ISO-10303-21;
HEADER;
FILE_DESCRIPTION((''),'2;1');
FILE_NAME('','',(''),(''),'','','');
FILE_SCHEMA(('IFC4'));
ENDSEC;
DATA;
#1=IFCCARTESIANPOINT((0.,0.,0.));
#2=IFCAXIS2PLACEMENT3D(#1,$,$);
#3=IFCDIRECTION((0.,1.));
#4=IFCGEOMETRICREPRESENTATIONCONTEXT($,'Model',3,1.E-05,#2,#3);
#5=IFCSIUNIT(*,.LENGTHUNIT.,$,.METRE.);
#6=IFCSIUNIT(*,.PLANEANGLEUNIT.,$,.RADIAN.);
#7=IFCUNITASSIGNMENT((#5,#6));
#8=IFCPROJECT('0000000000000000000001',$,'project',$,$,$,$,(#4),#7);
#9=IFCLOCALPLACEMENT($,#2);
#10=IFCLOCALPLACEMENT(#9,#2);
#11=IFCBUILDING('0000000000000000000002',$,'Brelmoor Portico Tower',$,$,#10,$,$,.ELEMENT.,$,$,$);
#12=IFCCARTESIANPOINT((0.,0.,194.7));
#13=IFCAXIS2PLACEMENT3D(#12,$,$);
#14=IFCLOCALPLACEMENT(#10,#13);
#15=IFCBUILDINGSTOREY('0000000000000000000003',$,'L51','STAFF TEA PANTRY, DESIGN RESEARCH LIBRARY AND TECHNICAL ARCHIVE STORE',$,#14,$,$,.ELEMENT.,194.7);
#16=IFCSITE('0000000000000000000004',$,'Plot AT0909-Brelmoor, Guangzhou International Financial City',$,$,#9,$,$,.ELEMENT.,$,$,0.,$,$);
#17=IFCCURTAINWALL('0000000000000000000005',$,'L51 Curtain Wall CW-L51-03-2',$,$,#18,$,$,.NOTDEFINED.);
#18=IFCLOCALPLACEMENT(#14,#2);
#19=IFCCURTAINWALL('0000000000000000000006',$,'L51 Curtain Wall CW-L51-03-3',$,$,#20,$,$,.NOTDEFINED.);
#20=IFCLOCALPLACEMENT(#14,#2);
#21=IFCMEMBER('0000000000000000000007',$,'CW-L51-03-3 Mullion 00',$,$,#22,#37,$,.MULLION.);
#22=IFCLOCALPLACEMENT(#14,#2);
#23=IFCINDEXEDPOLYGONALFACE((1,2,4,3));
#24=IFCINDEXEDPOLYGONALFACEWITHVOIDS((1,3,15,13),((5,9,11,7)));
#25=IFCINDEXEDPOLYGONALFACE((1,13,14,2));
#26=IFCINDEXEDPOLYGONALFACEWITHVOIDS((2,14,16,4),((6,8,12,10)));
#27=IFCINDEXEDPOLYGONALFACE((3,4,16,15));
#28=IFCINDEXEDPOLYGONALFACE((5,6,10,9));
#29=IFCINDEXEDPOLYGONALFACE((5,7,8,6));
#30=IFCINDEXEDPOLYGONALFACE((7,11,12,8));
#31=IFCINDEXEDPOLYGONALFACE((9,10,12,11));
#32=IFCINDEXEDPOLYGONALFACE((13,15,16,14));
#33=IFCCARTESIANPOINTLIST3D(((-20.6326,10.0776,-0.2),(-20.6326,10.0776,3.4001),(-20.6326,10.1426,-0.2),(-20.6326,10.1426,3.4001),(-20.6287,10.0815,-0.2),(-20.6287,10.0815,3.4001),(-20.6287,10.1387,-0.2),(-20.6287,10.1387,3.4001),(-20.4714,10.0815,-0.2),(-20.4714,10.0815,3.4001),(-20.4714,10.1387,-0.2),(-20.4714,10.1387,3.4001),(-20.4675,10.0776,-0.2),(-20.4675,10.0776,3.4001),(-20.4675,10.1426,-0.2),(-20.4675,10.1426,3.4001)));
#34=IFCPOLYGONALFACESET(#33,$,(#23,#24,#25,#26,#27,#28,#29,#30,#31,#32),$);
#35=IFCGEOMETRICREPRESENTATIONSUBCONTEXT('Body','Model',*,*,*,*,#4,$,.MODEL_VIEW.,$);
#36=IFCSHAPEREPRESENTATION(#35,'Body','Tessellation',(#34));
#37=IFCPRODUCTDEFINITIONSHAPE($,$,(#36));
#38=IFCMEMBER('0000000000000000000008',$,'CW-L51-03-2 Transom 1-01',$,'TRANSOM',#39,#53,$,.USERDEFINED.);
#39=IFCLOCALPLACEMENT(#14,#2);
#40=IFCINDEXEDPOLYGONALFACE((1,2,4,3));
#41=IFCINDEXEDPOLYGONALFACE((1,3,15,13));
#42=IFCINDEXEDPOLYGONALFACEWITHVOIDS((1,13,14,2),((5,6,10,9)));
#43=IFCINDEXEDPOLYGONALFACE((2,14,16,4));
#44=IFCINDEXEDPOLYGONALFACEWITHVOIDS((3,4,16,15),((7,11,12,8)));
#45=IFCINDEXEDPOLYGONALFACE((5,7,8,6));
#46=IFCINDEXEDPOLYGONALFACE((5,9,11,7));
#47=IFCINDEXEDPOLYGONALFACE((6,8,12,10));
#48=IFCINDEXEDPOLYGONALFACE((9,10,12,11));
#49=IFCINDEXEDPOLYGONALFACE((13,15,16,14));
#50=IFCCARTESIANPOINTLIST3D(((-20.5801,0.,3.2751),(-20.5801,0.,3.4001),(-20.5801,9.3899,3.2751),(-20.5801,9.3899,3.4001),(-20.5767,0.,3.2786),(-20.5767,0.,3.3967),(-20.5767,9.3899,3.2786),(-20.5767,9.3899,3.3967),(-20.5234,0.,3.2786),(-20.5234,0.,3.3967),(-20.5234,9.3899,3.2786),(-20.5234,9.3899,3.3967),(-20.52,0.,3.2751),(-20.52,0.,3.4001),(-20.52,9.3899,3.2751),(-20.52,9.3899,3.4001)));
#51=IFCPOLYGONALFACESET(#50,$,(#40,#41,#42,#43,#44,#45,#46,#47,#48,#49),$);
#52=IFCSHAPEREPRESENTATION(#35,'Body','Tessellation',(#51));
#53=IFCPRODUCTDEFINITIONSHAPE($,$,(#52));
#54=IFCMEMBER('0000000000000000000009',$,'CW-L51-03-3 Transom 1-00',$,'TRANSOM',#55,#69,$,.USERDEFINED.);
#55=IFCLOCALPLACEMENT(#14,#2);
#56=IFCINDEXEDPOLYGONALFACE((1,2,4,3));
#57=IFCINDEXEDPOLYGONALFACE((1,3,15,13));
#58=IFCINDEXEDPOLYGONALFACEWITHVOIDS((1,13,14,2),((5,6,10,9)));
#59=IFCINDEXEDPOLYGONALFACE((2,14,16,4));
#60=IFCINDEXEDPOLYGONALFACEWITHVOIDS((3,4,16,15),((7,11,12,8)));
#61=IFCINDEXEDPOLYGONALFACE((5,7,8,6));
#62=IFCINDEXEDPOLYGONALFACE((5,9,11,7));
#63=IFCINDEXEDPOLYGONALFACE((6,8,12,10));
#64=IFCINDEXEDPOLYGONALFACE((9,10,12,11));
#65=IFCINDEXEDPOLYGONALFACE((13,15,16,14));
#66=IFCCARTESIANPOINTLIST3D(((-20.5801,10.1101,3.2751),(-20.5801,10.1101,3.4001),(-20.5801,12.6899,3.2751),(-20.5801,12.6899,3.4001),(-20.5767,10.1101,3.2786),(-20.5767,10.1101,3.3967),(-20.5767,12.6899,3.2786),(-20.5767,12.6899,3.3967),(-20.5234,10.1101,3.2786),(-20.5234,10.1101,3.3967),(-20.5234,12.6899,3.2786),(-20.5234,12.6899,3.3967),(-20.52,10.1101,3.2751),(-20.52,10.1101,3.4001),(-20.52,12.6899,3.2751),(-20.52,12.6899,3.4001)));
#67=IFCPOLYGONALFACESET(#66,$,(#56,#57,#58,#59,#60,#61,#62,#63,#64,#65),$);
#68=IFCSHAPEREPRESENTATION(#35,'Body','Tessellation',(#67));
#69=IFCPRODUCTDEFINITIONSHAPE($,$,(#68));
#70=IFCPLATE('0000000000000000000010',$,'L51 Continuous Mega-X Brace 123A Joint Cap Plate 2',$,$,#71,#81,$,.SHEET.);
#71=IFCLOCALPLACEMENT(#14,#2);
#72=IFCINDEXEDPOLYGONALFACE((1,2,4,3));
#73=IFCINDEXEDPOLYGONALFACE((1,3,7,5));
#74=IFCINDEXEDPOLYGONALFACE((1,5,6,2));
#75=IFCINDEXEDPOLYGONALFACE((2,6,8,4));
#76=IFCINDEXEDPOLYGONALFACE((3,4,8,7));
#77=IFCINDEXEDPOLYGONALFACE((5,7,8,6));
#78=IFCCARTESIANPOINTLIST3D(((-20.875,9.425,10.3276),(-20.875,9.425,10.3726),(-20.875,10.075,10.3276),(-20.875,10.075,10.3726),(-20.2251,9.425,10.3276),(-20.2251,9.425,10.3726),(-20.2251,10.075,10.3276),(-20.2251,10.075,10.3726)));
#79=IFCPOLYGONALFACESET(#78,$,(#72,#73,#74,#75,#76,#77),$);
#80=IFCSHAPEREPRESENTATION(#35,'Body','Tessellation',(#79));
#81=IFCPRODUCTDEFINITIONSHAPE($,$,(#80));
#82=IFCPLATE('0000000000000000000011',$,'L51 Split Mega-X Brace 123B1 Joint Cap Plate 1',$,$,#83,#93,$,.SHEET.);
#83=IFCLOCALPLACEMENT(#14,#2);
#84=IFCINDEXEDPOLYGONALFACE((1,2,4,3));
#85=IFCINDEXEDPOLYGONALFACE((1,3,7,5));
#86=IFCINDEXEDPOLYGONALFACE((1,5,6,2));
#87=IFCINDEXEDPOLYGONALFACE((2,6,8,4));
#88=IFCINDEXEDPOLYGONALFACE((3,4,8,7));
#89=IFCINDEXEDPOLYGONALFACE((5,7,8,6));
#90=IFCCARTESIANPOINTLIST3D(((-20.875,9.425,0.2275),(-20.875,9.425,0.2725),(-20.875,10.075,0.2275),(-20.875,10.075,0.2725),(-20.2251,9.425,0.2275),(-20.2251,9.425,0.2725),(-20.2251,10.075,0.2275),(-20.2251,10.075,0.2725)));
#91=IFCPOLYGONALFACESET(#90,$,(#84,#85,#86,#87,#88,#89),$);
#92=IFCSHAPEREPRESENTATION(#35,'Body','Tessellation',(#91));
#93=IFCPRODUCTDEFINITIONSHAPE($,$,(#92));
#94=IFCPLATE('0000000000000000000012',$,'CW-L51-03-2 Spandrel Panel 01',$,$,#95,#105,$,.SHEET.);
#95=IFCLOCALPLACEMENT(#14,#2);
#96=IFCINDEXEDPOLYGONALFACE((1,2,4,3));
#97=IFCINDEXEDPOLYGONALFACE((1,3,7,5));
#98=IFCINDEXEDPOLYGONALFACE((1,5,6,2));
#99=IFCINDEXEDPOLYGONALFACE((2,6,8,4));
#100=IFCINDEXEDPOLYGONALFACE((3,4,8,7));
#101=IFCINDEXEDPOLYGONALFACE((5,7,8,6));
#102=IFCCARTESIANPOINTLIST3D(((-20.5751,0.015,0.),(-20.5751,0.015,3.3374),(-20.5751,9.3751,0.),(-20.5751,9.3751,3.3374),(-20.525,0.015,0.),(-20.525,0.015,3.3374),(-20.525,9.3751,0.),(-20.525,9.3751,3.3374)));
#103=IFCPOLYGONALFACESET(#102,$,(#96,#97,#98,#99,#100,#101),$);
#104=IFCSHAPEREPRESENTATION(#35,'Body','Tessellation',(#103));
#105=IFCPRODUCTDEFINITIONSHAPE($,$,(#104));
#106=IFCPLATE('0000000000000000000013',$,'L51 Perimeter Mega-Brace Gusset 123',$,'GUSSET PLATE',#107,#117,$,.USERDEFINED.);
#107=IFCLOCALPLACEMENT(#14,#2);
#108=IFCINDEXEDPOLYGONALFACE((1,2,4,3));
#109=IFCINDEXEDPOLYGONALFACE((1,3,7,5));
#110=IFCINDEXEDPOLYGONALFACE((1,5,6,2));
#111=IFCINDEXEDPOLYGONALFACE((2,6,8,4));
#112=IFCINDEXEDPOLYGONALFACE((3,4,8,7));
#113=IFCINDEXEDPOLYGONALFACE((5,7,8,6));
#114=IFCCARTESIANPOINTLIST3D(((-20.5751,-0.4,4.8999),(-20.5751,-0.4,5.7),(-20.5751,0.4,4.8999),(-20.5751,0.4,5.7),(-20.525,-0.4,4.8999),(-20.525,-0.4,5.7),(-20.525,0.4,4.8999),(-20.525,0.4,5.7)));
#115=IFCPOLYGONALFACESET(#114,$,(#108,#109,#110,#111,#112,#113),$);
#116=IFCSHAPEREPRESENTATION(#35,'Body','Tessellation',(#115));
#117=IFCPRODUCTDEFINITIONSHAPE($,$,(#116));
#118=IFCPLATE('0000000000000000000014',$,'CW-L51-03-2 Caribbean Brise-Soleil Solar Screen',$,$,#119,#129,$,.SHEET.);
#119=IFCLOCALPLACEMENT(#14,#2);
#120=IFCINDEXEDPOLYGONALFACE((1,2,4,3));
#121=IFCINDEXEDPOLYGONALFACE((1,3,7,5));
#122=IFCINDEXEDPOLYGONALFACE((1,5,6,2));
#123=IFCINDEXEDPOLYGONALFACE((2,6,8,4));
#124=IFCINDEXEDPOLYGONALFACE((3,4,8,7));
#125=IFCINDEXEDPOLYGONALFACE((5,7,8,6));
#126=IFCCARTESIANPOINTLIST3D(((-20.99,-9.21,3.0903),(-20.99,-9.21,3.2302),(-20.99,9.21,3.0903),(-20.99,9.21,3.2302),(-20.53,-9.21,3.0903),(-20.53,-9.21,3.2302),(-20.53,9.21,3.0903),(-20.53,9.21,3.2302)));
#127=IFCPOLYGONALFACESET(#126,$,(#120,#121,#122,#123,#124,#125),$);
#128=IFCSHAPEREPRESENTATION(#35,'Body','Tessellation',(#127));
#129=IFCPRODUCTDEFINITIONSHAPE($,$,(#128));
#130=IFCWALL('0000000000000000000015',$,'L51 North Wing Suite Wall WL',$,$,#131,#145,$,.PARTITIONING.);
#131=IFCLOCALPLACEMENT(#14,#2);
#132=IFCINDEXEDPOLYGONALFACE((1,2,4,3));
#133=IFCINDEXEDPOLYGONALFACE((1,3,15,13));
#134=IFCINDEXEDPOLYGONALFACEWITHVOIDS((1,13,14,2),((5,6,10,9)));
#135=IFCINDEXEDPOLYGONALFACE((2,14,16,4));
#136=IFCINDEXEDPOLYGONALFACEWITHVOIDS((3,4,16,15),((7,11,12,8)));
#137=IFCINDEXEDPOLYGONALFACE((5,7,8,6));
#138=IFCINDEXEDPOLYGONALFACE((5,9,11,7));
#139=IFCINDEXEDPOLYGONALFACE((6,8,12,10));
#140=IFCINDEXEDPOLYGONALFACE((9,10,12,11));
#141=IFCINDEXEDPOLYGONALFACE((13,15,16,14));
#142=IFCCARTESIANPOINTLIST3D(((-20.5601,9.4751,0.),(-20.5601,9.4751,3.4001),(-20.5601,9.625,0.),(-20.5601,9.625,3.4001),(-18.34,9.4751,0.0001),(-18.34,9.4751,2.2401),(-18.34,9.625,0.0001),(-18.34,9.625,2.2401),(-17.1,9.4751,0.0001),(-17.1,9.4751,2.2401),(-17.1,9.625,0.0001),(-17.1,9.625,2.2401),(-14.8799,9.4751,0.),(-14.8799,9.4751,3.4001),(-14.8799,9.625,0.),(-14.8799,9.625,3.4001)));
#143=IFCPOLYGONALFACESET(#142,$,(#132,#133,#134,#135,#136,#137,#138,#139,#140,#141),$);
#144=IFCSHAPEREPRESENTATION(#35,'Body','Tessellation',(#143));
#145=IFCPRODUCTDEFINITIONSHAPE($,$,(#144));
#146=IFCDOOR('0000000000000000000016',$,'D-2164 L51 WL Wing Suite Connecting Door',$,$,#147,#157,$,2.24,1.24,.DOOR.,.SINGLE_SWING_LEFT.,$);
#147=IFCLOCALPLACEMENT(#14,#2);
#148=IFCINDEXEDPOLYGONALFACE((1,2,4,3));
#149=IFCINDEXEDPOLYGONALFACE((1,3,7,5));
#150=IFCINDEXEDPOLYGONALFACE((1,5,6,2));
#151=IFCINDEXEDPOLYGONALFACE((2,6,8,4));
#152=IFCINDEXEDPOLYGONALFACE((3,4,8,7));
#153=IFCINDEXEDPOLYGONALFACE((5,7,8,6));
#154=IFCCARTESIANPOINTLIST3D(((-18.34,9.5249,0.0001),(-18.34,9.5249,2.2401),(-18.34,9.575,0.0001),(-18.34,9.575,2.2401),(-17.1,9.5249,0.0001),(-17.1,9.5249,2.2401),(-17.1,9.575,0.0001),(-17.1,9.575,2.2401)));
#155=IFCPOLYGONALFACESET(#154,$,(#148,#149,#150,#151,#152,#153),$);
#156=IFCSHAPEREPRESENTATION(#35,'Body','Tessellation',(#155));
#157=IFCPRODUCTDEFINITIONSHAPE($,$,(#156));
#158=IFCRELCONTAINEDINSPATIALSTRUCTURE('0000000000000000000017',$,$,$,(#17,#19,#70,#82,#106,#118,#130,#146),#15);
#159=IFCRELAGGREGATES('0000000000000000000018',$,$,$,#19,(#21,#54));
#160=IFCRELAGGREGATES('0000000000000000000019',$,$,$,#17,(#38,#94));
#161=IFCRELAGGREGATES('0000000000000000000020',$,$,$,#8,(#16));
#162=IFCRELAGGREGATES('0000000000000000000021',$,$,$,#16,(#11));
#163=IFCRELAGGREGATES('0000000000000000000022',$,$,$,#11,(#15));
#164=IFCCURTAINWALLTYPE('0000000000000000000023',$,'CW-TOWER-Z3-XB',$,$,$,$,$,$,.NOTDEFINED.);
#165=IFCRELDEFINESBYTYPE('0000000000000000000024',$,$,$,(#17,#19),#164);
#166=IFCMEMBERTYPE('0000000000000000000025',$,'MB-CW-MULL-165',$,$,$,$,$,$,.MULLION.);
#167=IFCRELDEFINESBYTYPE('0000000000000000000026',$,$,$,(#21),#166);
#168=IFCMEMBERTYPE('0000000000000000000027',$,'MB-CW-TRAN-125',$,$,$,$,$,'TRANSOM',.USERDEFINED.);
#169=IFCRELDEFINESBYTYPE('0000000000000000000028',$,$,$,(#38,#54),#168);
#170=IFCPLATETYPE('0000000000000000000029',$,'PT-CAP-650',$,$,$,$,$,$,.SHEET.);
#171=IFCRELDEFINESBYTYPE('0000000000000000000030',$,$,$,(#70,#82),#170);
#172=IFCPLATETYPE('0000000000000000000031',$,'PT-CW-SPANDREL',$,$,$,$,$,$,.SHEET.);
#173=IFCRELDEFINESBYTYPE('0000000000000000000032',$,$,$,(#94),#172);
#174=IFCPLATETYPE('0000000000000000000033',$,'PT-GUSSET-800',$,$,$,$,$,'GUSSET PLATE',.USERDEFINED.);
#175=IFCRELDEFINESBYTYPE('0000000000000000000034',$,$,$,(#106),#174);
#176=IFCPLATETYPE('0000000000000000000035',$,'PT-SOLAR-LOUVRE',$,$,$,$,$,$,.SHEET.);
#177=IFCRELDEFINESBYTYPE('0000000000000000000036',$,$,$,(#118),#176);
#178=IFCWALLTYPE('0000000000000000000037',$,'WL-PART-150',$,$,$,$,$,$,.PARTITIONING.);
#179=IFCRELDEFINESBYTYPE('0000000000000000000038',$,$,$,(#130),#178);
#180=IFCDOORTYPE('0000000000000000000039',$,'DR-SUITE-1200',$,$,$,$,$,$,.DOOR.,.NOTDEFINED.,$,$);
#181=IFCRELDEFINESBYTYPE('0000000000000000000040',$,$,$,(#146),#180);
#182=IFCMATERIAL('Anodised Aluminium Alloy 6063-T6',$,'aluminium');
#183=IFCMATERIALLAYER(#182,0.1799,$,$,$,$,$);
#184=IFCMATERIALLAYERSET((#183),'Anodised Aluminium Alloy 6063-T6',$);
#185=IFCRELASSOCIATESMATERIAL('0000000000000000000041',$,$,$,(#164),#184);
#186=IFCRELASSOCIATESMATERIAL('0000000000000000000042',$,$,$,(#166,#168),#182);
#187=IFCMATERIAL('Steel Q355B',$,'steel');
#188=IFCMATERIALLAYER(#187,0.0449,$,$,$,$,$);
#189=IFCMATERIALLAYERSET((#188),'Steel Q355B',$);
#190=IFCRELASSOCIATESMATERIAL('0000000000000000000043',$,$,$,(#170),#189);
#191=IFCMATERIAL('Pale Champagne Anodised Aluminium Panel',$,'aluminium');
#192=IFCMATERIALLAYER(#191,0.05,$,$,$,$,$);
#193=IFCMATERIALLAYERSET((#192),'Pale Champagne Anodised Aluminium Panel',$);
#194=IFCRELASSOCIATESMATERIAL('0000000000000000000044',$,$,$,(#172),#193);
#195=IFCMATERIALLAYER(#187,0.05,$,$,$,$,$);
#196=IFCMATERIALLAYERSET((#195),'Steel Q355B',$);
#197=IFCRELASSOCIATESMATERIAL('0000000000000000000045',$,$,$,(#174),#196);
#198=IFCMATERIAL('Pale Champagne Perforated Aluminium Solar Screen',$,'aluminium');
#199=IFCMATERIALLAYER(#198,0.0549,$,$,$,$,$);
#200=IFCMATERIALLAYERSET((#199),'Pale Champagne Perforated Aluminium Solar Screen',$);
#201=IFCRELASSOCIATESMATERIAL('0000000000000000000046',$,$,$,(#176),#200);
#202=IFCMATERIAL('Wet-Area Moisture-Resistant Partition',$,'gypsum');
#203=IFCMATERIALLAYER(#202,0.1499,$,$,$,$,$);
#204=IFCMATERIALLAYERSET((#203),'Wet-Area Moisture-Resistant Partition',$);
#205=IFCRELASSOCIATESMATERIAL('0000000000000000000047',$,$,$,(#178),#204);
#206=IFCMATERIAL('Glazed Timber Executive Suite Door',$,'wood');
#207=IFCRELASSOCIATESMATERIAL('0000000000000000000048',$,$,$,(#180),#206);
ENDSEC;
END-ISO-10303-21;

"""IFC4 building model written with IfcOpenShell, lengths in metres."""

from ifc_helpers import new_model, si_unit, direction, frame, frame_2d, origin, origin_2d, place, context, subcontext, project, spatial, rectangle, hollow_rectangle, extrude, material, layer, layer_set, material_profile, profile_set, type_object, element, fill, aggregate, save


model = new_model("IFC4")

# Units and contexts
model_context = context("Model", 3, precision=1e-05, world=origin(), true_north=direction((0.0, 1.0)))
body_context = subcontext(model_context, "Body", "Model", "MODEL_VIEW")
ifc_project = project(units=[si_unit("LENGTHUNIT", "METRE"), si_unit("PLANEANGLEUNIT", "RADIAN")], contexts=[model_context])

# Site, building, storey
site_placement = place(None, origin())
site = spatial("IfcSite", under=ifc_project, at=site_placement, Name="Plot AT0909-Brelmoor, Guangzhou International Financial City", CompositionType="ELEMENT", RefElevation=0.0)
building_placement = place(site_placement, origin())
building = spatial("IfcBuilding", under=site, at=building_placement, Name="Brelmoor Portico Tower", CompositionType="ELEMENT")
storey_placement = place(building_placement, frame((0.0, 0.0, 194.7)))
storey = spatial("IfcBuildingStorey", under=building, at=storey_placement, Name="L51", Description="STAFF TEA PANTRY, DESIGN RESEARCH LIBRARY AND TECHNICAL ARCHIVE STORE", CompositionType="ELEMENT", Elevation=194.7)

# Shared definitions
ifc_material_1 = material(Name="Steel Q355B", Category="steel")

# Curtain wall
ifc_material_2 = material(Name="Anodised Aluminium Alloy 6063-T6", Category="aluminium")
ifc_layer_1 = layer(ifc_material_2, 0.1799)
ifc_layer_set_1 = layer_set([ifc_layer_1], Name="Anodised Aluminium Alloy 6063-T6")
curtain_wall_type = type_object("IfcCurtainWallType", Name="CW-TOWER-Z3-XB", PredefinedType="NOTDEFINED", material=ifc_layer_set_1)
curtain_wall_1_placement = place(storey_placement, origin())
curtain_wall_1 = element("IfcCurtainWall", 1, at=curtain_wall_1_placement, inside=storey, type_object=curtain_wall_type, Name="L51 Curtain Wall CW-L51-03-2", PredefinedType="NOTDEFINED")
ifc_material_profile_1 = material_profile(ifc_material_2, hollow_rectangle(XDim=0.0649, YDim=0.165, WallThickness=0.0039, at=origin_2d()), Name="ALU MULLION 65x165")
ifc_profile_set_1 = profile_set([ifc_material_profile_1], Name="Anodised Aluminium Alloy 6063-T6")
member_type_1 = type_object("IfcMemberType", Name="MB-CW-MULL-165", PredefinedType="MULLION", material=ifc_profile_set_1)

# Curtain wall, member
curtain_wall_2_placement = place(storey_placement, origin())
curtain_wall_2 = element("IfcCurtainWall", 2, at=curtain_wall_2_placement, inside=storey, type_object=curtain_wall_type, Name="L51 Curtain Wall CW-L51-03-3", PredefinedType="NOTDEFINED")
member_1_placement = place(storey_placement, frame((-20.55, 10.1101, -0.2), z_axis=(0.0, 0.0, 1.0), x_axis=(0.0, 1.0, 0.0)))
member_1 = element("IfcMember", 3, at=member_1_placement, type_object=member_type_1, Name="CW-L51-03-3 Mullion 00", PredefinedType="MULLION", context=body_context, shape_type="SweptSolid", body=[
    extrude(hollow_rectangle(XDim=0.0649, YDim=0.165, WallThickness=0.0039, at=origin_2d()), origin(), (0.0, 0.0, 1.0), 3.6001),
])

# Members
ifc_material_profile_2 = material_profile(ifc_material_2, hollow_rectangle(XDim=0.0601, YDim=0.125, WallThickness=0.0034, at=origin_2d()), Name="ALU TRANSOM 60x125")
ifc_profile_set_2 = profile_set([ifc_material_profile_2], Name="Anodised Aluminium Alloy 6063-T6")
member_type_2 = type_object("IfcMemberType", Name="MB-CW-TRAN-125", ElementType="TRANSOM", PredefinedType="USERDEFINED", material=ifc_profile_set_2)
member_2_placement = place(storey_placement, frame((-20.55, 0.0, 3.3376), z_axis=(0.0, 1.0, 0.0), x_axis=(-1.0, 0.0, 0.0)))
member_2 = element("IfcMember", 4, at=member_2_placement, type_object=member_type_2, Name="CW-L51-03-2 Transom 1-01", ObjectType="TRANSOM", PredefinedType="USERDEFINED", context=body_context, shape_type="SweptSolid", body=[
    extrude(hollow_rectangle(XDim=0.0601, YDim=0.125, WallThickness=0.0034, at=origin_2d()), origin(), (0.0, 0.0, 1.0), 9.3899),
])
member_3_placement = place(storey_placement, frame((-20.55, 10.1101, 3.3376), z_axis=(0.0, 1.0, 0.0), x_axis=(-1.0, 0.0, 0.0)))
member_3 = element("IfcMember", 5, at=member_3_placement, type_object=member_type_2, Name="CW-L51-03-3 Transom 1-00", ObjectType="TRANSOM", PredefinedType="USERDEFINED", context=body_context, shape_type="SweptSolid", body=[
    extrude(hollow_rectangle(XDim=0.0601, YDim=0.125, WallThickness=0.0034, at=origin_2d()), origin(), (0.0, 0.0, 1.0), 2.5798),
])
aggregate(curtain_wall_2, [member_1, member_3])

# Plates
ifc_layer_2 = layer(ifc_material_1, 0.0449)
ifc_layer_set_2 = layer_set([ifc_layer_2], Name="Steel Q355B")
plate_type_1 = type_object("IfcPlateType", Name="PT-CAP-650", PredefinedType="SHEET", material=ifc_layer_set_2)
for number, where, z_axis, x_axis, name in (
    (6, (-20.55, 9.75, 10.3276), (0.0, 0.0, 1.0), (1.0, 0.0, 0.0), "L51 Continuous Mega-X Brace 123A Joint Cap Plate 2"),
    (7, (-20.55, 9.75, 0.2275), (0.0, 0.0, 1.0), (1.0, 0.0, 0.0), "L51 Split Mega-X Brace 123B1 Joint Cap Plate 1"),
):
    element("IfcPlate", number, at=place(storey_placement, frame(where, z_axis=z_axis, x_axis=x_axis)), inside=storey, type_object=plate_type_1, Name=name, PredefinedType="SHEET", context=body_context, shape_type="SweptSolid", body=[
        extrude(rectangle(XDim=0.6499, YDim=0.6499, at=origin_2d()), origin(), (0.0, 0.0, 1.0), 0.0449),
    ])

# Plate
ifc_material_3 = material(Name="Pale Champagne Anodised Aluminium Panel", Category="aluminium")
ifc_layer_3 = layer(ifc_material_3, 0.05)
ifc_layer_set_3 = layer_set([ifc_layer_3], Name="Pale Champagne Anodised Aluminium Panel")
plate_type_2 = type_object("IfcPlateType", Name="PT-CW-SPANDREL", PredefinedType="SHEET", material=ifc_layer_set_3)
plate_1_placement = place(storey_placement, frame((-20.55, 4.6951, 0.0), z_axis=(0.0, 0.0, 1.0), x_axis=(0.0, 1.0, 0.0)))
plate_1 = element("IfcPlate", 8, at=plate_1_placement, type_object=plate_type_2, Name="CW-L51-03-2 Spandrel Panel 01", PredefinedType="SHEET", context=body_context, shape_type="SweptSolid", body=[
    extrude(rectangle(XDim=9.3601, YDim=0.05, at=origin_2d()), origin(), (0.0, 0.0, 1.0), 3.3374),
])
aggregate(curtain_wall_1, [member_2, plate_1])

# Plates
ifc_layer_4 = layer(ifc_material_1, 0.05)
ifc_layer_set_4 = layer_set([ifc_layer_4], Name="Steel Q355B")
plate_type_3 = type_object("IfcPlateType", Name="PT-GUSSET-800", ElementType="GUSSET PLATE", PredefinedType="USERDEFINED", material=ifc_layer_set_4)
plate_2_placement = place(storey_placement, frame((-20.55, 0.0, 4.8999), z_axis=(0.0, 0.0, 1.0), x_axis=(1.0, 0.0, 0.0)))
element("IfcPlate", 9, at=plate_2_placement, inside=storey, type_object=plate_type_3, Name="L51 Perimeter Mega-Brace Gusset 123", ObjectType="GUSSET PLATE", PredefinedType="USERDEFINED", context=body_context, shape_type="SweptSolid", body=[
    extrude(rectangle(XDim=0.05, YDim=0.8, at=origin_2d()), origin(), (0.0, 0.0, 1.0), 0.8),
])
ifc_material_4 = material(Name="Pale Champagne Perforated Aluminium Solar Screen", Category="aluminium")
ifc_layer_5 = layer(ifc_material_4, 0.0549)
ifc_layer_set_5 = layer_set([ifc_layer_5], Name="Pale Champagne Perforated Aluminium Solar Screen")
plate_type_4 = type_object("IfcPlateType", Name="PT-SOLAR-LOUVRE", PredefinedType="SHEET", material=ifc_layer_set_5)
plate_3_placement = place(storey_placement, frame((-20.76, 0.0, 3.0903), z_axis=(0.0, 0.0, 1.0), x_axis=(0.0, 1.0, 0.0)))
element("IfcPlate", 10, at=plate_3_placement, inside=storey, type_object=plate_type_4, Name="CW-L51-03-2 Caribbean Brise-Soleil Solar Screen", PredefinedType="SHEET", context=body_context, shape_type="SweptSolid", body=[
    extrude(rectangle(XDim=18.4199, YDim=0.46, at=origin_2d()), origin(), (0.0, 0.0, 1.0), 0.1399),
])

# Wall, opening, door
ifc_material_5 = material(Name="Wet-Area Moisture-Resistant Partition", Category="gypsum")
ifc_layer_6 = layer(ifc_material_5, 0.1499)
ifc_layer_set_6 = layer_set([ifc_layer_6], Name="Wet-Area Moisture-Resistant Partition")
wall_type = type_object("IfcWallType", Name="WL-PART-150", PredefinedType="PARTITIONING", material=ifc_layer_set_6)
wall_1_placement = place(storey_placement, frame((-20.5601, 9.55, 0.0), z_axis=(0.0, 0.0, 1.0), x_axis=(1.0, 0.0, 0.0)))
wall_1 = element("IfcWall", 11, at=wall_1_placement, inside=storey, type_object=wall_type, Name="L51 North Wing Suite Wall WL", PredefinedType="PARTITIONING", context=body_context, shape_type="SweptSolid", body=[
    extrude(rectangle(XDim=5.6802, YDim=0.1499, at=frame_2d((2.8401, 0.0))), origin(), (0.0, 0.0, 1.0), 3.4001),
])
opening_1_placement = place(wall_1_placement, frame((2.22, 0.0, 0.0)))
opening_1 = element("IfcOpeningElement", 12, at=opening_1_placement, cuts=wall_1, PredefinedType="OPENING", context=body_context, shape_type="SweptSolid", body=[
    extrude(rectangle(XDim=1.24, YDim=2.24, at=frame_2d((0.6201, 1.1201))), frame((0.0, 0.085, 0.0), z_axis=(0.0, -1.0, 0.0), x_axis=(1.0, 0.0, 0.0)), (0.0, 0.0, 1.0), 0.1699),
])
ifc_material_6 = material(Name="Glazed Timber Executive Suite Door", Category="wood")
door_type_1 = type_object("IfcDoorType", Name="DR-SUITE-1200", OperationType="NOTDEFINED", PredefinedType="DOOR", material=ifc_material_6)
door_1_placement = place(opening_1_placement, origin())
door_1 = element("IfcDoor", 13, at=door_1_placement, inside=storey, type_object=door_type_1, Name="D-2164 L51 WL Wing Suite Connecting Door", OperationType="SINGLE_SWING_LEFT", OverallHeight=2.24, OverallWidth=1.24, PredefinedType="DOOR", context=body_context, shape_type="SweptSolid", body=[
    extrude(rectangle(XDim=1.24, YDim=2.24, at=frame_2d((0.6201, 1.1201))), frame((0.0, 0.0249, 0.0), z_axis=(0.0, -1.0, 0.0), x_axis=(1.0, 0.0, 0.0)), (0.0, 0.0, 1.0), 0.05),
])
fill(opening_1, door_1)

save(model, "model.ifc")
